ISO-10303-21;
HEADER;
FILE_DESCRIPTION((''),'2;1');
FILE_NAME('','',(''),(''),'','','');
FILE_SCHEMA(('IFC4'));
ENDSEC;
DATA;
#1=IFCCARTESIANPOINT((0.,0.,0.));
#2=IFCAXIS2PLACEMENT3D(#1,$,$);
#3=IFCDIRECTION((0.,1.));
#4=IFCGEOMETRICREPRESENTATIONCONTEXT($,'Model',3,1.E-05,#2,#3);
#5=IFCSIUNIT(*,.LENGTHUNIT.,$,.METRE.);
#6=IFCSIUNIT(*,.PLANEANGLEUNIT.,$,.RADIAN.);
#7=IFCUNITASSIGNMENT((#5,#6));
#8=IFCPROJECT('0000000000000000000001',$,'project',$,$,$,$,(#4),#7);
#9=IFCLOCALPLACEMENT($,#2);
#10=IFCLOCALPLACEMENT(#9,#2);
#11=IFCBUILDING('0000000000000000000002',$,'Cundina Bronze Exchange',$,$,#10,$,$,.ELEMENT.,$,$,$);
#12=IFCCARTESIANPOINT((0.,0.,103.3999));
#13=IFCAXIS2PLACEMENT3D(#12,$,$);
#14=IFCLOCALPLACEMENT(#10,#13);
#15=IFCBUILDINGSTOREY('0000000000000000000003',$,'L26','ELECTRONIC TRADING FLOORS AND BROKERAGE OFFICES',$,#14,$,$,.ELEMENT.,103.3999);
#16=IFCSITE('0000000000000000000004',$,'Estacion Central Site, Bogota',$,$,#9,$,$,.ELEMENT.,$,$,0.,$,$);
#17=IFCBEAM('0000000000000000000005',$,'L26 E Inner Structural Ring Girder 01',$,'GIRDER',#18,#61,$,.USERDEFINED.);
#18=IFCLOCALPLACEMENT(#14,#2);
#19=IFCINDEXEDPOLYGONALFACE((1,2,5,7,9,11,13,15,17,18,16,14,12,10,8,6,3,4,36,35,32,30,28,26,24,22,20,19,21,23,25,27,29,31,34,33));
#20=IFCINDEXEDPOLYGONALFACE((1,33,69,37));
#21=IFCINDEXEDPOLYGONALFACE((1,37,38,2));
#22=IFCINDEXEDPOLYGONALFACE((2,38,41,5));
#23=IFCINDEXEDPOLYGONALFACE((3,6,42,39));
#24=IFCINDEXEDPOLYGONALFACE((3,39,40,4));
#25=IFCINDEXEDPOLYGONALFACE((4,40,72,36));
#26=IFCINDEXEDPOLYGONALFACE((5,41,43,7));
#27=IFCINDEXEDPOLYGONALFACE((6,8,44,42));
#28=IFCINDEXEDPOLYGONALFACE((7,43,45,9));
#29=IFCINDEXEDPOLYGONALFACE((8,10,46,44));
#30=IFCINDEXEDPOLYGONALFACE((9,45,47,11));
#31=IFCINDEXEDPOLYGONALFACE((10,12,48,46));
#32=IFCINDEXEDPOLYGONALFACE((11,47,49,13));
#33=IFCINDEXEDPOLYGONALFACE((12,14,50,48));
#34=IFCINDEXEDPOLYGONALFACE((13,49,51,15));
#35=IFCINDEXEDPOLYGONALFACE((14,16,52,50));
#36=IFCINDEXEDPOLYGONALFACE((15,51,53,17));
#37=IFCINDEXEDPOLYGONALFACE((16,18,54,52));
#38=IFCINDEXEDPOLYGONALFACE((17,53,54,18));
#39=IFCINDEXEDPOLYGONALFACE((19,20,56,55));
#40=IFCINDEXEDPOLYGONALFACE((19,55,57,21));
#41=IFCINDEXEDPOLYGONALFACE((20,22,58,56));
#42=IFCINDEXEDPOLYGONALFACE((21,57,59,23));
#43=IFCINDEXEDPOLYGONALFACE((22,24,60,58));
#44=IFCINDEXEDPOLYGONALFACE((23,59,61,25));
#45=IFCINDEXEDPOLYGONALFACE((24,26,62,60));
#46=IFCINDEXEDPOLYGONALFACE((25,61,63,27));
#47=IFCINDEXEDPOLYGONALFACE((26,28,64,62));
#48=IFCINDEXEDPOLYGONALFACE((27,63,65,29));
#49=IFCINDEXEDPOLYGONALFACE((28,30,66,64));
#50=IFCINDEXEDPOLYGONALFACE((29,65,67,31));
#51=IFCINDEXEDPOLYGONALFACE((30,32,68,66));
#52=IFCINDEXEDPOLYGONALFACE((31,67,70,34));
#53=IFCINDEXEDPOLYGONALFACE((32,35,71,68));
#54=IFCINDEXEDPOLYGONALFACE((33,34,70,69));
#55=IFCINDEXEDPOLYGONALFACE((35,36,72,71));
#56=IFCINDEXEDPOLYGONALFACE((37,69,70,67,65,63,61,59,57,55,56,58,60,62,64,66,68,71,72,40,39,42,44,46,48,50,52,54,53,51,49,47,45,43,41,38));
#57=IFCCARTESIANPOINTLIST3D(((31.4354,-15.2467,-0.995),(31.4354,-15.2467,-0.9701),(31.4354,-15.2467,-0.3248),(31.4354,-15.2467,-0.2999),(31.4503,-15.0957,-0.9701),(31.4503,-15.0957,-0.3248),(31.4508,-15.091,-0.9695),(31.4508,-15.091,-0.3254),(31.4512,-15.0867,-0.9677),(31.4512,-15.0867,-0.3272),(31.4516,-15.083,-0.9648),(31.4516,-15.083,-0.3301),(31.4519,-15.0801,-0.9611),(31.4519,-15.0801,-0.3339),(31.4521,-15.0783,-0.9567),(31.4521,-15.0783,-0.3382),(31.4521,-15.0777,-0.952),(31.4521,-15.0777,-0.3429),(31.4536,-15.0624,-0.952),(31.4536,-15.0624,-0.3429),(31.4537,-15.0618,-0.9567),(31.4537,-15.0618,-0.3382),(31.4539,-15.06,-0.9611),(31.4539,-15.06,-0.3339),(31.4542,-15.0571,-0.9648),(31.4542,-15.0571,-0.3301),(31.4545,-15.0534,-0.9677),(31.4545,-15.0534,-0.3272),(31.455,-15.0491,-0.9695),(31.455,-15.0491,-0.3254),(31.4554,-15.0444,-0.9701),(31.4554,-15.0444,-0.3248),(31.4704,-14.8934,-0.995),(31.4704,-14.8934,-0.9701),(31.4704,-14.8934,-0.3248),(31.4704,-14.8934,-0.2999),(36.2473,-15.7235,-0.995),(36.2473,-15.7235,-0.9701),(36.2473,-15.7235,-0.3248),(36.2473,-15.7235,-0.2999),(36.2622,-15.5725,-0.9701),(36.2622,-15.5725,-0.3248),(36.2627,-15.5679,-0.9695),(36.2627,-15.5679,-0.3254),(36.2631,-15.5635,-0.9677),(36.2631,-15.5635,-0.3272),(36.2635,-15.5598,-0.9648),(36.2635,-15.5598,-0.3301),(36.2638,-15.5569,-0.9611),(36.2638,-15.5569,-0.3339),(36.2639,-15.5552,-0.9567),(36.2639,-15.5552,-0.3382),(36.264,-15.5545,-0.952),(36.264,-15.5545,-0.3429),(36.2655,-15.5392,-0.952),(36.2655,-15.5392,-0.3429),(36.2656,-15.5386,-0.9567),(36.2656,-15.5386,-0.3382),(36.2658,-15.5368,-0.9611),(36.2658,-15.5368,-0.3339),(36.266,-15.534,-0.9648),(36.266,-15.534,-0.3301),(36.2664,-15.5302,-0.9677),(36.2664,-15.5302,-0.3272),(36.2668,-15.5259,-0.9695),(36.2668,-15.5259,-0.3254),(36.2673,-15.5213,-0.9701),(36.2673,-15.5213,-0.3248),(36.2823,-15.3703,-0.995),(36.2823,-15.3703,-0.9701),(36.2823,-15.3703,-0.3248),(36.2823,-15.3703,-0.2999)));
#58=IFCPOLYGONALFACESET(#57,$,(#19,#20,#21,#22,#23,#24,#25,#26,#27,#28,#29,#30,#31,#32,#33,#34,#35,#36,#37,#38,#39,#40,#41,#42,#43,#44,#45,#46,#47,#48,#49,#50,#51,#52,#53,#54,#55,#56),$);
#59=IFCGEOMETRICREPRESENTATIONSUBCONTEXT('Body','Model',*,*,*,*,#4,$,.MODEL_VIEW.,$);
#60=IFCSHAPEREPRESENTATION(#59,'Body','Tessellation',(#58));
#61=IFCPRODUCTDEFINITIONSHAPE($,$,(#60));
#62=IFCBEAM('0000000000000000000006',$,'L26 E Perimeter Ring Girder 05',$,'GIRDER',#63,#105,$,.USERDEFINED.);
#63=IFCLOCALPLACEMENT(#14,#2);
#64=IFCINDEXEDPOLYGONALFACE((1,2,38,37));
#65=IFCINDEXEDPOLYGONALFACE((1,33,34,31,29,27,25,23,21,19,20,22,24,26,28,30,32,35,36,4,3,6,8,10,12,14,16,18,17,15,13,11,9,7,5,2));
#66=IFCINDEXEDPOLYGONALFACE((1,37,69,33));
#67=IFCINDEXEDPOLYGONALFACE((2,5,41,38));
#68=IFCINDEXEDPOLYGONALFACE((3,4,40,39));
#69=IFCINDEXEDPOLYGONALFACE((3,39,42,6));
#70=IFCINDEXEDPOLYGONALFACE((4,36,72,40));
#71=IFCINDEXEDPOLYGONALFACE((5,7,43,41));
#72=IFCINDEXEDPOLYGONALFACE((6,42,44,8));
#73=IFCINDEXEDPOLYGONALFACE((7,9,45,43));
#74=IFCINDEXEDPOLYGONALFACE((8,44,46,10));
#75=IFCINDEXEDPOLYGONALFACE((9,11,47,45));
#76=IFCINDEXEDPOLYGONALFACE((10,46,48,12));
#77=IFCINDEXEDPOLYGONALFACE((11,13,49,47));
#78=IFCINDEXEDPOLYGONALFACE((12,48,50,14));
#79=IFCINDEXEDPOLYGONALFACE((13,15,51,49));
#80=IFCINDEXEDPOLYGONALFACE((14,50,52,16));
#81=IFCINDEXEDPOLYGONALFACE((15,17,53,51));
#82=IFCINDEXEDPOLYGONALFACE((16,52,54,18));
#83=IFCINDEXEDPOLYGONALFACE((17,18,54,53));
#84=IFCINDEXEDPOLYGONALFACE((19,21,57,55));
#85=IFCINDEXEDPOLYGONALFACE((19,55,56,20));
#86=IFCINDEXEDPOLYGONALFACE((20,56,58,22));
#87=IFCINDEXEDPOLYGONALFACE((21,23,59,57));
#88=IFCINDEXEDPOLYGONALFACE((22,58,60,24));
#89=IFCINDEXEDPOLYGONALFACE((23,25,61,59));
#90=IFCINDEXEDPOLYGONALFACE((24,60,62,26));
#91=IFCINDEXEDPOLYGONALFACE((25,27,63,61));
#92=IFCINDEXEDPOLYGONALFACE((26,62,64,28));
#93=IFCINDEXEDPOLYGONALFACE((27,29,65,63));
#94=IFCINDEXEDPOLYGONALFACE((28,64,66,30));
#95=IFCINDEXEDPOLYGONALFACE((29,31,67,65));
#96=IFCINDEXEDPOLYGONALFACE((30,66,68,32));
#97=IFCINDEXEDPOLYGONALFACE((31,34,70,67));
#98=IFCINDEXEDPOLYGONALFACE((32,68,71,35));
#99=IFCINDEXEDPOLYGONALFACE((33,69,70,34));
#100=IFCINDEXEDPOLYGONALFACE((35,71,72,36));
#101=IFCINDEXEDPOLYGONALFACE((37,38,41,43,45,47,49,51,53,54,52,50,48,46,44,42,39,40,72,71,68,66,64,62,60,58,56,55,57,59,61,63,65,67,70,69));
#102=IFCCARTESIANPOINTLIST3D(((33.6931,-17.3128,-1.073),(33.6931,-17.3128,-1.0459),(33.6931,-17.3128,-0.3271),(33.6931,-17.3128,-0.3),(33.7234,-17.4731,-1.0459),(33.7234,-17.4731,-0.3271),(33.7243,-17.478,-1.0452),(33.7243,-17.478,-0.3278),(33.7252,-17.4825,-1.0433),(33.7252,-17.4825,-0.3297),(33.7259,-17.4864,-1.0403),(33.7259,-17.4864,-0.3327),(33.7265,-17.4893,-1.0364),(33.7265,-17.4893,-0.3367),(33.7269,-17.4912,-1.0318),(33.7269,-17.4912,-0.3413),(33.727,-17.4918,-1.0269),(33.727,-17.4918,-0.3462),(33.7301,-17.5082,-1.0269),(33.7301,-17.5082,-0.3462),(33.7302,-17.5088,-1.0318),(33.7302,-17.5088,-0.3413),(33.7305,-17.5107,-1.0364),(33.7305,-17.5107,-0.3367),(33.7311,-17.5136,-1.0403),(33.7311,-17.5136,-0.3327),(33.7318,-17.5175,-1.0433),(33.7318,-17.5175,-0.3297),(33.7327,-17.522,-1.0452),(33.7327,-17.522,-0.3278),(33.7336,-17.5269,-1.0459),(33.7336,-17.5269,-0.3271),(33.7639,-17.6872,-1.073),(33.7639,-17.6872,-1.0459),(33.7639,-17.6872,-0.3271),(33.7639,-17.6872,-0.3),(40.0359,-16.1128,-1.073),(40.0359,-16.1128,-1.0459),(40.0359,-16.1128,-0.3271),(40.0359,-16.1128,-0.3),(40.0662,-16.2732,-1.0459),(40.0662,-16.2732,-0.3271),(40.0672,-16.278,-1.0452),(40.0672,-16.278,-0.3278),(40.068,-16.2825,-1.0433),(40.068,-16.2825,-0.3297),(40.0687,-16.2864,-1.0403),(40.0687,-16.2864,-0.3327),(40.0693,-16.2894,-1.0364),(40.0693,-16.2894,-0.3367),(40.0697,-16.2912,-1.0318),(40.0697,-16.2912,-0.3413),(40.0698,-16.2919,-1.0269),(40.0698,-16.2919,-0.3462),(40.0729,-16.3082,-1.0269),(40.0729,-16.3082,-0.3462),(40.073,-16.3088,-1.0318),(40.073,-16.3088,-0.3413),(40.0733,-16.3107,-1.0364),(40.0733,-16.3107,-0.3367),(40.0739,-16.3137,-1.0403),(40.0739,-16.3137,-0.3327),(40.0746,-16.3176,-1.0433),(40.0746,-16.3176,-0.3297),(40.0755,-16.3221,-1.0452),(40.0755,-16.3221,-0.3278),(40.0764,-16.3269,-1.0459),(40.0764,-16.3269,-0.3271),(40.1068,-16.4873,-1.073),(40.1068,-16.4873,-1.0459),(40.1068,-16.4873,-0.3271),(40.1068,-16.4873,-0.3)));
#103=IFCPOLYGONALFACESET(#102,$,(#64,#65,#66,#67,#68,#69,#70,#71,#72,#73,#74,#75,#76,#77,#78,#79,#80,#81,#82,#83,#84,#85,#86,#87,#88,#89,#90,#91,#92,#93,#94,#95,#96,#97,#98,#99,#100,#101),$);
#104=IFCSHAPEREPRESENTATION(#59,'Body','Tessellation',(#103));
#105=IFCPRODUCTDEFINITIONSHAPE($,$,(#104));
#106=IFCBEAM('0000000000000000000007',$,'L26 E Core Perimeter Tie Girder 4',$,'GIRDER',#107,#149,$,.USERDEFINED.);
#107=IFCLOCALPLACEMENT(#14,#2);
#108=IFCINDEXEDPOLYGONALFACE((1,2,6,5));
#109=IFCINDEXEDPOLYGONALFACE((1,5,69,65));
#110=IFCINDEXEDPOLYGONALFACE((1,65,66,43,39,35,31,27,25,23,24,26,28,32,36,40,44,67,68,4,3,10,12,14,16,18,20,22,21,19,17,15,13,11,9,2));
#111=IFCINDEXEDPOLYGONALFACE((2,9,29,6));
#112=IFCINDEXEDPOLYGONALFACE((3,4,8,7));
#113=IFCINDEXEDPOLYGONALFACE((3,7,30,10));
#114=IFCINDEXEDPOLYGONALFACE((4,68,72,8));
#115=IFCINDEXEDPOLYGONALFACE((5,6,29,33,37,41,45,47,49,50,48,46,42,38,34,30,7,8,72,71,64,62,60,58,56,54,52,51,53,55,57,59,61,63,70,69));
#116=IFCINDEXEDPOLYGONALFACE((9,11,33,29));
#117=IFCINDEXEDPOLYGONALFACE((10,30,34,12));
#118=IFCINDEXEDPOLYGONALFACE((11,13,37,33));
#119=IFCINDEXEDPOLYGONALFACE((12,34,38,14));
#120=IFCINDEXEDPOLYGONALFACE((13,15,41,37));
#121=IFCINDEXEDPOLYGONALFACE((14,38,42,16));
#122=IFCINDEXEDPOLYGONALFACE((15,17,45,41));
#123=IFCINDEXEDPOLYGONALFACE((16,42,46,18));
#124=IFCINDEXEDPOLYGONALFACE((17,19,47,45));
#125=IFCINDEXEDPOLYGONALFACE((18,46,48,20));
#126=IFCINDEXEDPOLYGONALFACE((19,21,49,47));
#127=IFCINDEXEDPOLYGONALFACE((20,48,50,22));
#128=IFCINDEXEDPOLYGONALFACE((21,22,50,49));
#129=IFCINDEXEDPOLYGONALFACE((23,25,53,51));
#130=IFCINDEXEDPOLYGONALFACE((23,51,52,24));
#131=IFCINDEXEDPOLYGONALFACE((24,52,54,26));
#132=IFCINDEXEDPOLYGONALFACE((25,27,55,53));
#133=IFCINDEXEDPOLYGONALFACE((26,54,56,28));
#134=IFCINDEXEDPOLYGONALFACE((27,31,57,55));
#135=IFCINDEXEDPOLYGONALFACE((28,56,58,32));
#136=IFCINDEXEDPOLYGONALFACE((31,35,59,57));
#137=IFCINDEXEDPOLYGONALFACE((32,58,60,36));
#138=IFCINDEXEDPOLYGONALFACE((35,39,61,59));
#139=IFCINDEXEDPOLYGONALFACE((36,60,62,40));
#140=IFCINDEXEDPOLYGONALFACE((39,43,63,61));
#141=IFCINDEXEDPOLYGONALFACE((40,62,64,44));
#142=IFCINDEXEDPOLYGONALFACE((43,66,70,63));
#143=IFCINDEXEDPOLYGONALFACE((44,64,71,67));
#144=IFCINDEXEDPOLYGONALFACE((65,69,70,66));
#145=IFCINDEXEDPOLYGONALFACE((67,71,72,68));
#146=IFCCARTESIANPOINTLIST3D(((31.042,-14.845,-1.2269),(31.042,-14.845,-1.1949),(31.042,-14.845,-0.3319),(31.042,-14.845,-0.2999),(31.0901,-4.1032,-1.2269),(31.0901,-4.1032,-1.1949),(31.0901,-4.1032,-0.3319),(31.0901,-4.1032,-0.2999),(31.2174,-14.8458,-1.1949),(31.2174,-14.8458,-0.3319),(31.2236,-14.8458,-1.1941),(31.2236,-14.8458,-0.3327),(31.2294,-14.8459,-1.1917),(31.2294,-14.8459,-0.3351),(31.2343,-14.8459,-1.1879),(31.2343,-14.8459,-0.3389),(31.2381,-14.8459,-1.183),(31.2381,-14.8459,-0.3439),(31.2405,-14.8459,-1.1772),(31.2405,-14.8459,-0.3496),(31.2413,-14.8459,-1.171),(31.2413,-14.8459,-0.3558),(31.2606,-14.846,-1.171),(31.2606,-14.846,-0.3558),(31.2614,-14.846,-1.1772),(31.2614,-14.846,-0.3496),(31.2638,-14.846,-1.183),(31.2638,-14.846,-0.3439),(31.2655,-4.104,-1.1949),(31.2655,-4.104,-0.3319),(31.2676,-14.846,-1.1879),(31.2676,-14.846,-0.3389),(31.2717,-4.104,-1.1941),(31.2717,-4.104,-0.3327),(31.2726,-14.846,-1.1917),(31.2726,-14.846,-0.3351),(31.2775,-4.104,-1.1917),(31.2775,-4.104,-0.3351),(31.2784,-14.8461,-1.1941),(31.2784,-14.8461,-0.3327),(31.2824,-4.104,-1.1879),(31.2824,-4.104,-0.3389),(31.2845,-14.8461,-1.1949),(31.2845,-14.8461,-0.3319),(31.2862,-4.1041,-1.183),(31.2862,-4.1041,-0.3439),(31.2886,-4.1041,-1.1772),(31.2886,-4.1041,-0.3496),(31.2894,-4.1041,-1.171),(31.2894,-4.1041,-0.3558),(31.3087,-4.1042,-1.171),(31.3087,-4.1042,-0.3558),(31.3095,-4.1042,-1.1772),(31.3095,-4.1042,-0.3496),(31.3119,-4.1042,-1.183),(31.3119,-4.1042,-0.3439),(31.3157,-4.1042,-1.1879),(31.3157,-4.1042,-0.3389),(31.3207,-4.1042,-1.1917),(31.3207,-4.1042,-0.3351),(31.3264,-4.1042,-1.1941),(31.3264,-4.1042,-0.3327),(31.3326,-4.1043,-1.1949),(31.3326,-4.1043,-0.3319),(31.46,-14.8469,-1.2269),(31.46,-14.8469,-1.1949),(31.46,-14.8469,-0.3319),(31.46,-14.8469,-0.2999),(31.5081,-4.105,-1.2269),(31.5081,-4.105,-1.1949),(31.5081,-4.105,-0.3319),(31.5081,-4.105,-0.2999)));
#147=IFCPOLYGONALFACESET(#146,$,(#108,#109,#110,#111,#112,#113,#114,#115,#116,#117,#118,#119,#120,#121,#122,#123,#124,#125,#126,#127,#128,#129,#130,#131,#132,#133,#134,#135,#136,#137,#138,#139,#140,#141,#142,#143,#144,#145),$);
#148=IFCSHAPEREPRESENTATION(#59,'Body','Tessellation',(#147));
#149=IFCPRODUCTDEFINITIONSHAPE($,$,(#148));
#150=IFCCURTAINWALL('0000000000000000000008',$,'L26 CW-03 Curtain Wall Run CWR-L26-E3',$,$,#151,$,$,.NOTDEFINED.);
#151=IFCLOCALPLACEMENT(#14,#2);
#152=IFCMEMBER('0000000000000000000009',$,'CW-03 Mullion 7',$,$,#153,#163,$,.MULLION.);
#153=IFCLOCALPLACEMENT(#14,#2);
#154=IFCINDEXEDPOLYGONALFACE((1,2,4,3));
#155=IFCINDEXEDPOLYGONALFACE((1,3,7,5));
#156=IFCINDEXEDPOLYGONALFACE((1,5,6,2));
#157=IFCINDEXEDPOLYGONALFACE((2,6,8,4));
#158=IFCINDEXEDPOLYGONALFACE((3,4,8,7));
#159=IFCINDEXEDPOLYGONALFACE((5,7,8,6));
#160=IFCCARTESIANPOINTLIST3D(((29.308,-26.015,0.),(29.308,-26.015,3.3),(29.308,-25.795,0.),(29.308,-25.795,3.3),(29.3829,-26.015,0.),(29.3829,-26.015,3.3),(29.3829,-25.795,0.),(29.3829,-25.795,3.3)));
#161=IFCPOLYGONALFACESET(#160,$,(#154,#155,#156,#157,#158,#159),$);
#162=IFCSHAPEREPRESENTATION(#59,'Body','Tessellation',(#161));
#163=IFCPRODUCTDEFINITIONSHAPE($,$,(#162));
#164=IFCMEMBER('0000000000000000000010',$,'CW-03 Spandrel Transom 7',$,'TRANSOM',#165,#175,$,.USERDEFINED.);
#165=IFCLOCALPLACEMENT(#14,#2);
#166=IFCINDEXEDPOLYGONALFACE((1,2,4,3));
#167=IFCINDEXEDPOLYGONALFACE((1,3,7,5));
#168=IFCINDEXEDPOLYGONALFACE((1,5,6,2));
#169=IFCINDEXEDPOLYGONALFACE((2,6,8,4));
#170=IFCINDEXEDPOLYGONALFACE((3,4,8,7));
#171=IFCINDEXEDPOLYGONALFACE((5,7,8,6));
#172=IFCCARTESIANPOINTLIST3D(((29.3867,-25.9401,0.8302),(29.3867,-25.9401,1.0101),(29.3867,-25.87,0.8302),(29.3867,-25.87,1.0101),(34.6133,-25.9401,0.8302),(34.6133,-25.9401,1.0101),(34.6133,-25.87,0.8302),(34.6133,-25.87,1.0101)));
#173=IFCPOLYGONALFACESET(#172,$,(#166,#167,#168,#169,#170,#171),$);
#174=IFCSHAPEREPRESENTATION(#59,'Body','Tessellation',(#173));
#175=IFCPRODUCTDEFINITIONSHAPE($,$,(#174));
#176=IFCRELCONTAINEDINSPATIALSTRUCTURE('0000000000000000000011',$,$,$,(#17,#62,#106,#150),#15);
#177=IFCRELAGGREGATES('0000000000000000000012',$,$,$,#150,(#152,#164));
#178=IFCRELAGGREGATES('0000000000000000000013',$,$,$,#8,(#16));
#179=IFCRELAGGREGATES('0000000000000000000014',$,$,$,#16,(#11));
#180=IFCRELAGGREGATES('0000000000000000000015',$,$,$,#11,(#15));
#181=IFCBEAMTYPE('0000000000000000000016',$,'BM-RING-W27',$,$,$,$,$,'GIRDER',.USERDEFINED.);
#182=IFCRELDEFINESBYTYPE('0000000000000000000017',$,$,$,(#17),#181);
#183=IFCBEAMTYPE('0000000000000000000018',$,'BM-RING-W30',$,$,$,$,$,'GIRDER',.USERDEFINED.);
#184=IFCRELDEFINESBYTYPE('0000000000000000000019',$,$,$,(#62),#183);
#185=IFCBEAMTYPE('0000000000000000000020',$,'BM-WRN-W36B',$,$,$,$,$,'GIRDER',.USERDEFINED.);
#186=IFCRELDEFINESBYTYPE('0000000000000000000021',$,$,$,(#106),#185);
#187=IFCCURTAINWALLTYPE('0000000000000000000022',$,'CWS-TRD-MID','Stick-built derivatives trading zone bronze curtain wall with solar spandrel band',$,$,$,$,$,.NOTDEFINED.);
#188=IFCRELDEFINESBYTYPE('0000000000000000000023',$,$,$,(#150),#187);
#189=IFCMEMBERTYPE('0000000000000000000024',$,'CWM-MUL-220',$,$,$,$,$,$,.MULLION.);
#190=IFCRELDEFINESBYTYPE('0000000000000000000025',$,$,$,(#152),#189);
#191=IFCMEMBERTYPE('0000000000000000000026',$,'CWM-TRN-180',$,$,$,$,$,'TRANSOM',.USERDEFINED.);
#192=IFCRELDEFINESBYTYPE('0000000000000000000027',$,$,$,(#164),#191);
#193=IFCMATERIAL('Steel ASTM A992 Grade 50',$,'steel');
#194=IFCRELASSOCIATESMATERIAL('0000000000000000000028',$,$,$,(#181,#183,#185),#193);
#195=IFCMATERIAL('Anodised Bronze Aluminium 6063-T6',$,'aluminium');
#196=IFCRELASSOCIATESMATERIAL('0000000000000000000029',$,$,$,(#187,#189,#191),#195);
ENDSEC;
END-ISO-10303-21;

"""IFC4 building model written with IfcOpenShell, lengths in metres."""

from ifc_helpers import new_model, si_unit, direction, frame, origin, origin_2d, place, context, subcontext, project, spatial, rectangle, i_section, extrude, material, material_profile, profile_set, type_object, element, aggregate, save


model = new_model("IFC4")

# Units and contexts
model_context = context("Model", 3, precision=1e-05, world=origin(), true_north=direction((0.0, 1.0)))
body_context = subcontext(model_context, "Body", "Model", "MODEL_VIEW")
ifc_project = project(units=[si_unit("LENGTHUNIT", "METRE"), si_unit("PLANEANGLEUNIT", "RADIAN")], contexts=[model_context])

# Site, building, storey
site_placement = place(None, origin())
site = spatial("IfcSite", under=ifc_project, at=site_placement, Name="Estacion Central Site, Bogota", CompositionType="ELEMENT", RefElevation=0.0)
building_placement = place(site_placement, origin())
building = spatial("IfcBuilding", under=site, at=building_placement, Name="Cundina Bronze Exchange", CompositionType="ELEMENT")
storey_placement = place(building_placement, frame((0.0, 0.0, 103.3999)))
storey = spatial("IfcBuildingStorey", under=building, at=storey_placement, Name="L26", Description="ELECTRONIC TRADING FLOORS AND BROKERAGE OFFICES", CompositionType="ELEMENT", Elevation=103.3999)

# Shared definitions
ifc_material_1 = material(Name="Steel ASTM A992 Grade 50", Category="steel")

# Beams
ifc_material_profile_1 = material_profile(ifc_material_1, i_section(OverallWidth=0.355, OverallDepth=0.6951, WebThickness=0.0154, FlangeThickness=0.0249, FilletRadius=0.0181, at=origin_2d()), Name="W27X146", Category="steel")
ifc_profile_set_1 = profile_set([ifc_material_profile_1], Name="Steel ASTM A992 Grade 50")
beam_type_1 = type_object("IfcBeamType", Name="BM-RING-W27", ElementType="GIRDER", PredefinedType="USERDEFINED", material=ifc_profile_set_1)
beam_1_placement = place(storey_placement, frame((31.4529, -15.0701, -0.6475), z_axis=(0.995126, -0.098609, 0.0), x_axis=(0.098609, 0.995126, 0.0)))
element("IfcBeam", 1, at=beam_1_placement, inside=storey, type_object=beam_type_1, Name="L26 E Inner Structural Ring Girder 01", ObjectType="GIRDER", PredefinedType="USERDEFINED", context=body_context, shape_type="SweptSolid", body=[
    extrude(i_section(OverallWidth=0.355, OverallDepth=0.6951, WebThickness=0.0154, FlangeThickness=0.0249, FilletRadius=0.0181, at=origin_2d()), origin(), (0.0, 0.0, 1.0), 4.8354),
])
ifc_material_profile_2 = material_profile(ifc_material_1, i_section(OverallWidth=0.3811, OverallDepth=0.7729, WebThickness=0.0166, FlangeThickness=0.0271, FilletRadius=0.019, at=origin_2d()), Name="W30X173", Category="steel")
ifc_profile_set_2 = profile_set([ifc_material_profile_2], Name="Steel ASTM A992 Grade 50")
beam_type_2 = type_object("IfcBeamType", Name="BM-RING-W30", ElementType="GIRDER", PredefinedType="USERDEFINED", material=ifc_profile_set_2)
beam_2_placement = place(storey_placement, frame((33.7285, -17.5, -0.6865), z_axis=(0.982571, 0.185887, 0.0), x_axis=(-0.185887, 0.982571, 0.0)))
element("IfcBeam", 2, at=beam_2_placement, inside=storey, type_object=beam_type_2, Name="L26 E Perimeter Ring Girder 05", ObjectType="GIRDER", PredefinedType="USERDEFINED", context=body_context, shape_type="SweptSolid", body=[
    extrude(i_section(OverallWidth=0.3811, OverallDepth=0.7729, WebThickness=0.0166, FlangeThickness=0.0271, FilletRadius=0.019, at=origin_2d()), origin(), (0.0, 0.0, 1.0), 6.4553),
])
ifc_material_profile_3 = material_profile(ifc_material_1, i_section(OverallWidth=0.418, OverallDepth=0.927, WebThickness=0.0193, FlangeThickness=0.032, FilletRadius=0.0239, at=origin_2d()), Name="W36X231", Category="steel")
ifc_profile_set_3 = profile_set([ifc_material_profile_3], Name="Steel ASTM A992 Grade 50")
beam_type_3 = type_object("IfcBeamType", Name="BM-WRN-W36B", ElementType="GIRDER", PredefinedType="USERDEFINED", material=ifc_profile_set_3)
beam_3_placement = place(storey_placement, frame((31.251, -14.8459, -0.7634), z_axis=(0.004477, 0.99999, 0.0), x_axis=(-0.99999, 0.004477, 0.0)))
element("IfcBeam", 3, at=beam_3_placement, inside=storey, type_object=beam_type_3, Name="L26 E Core Perimeter Tie Girder 4", ObjectType="GIRDER", PredefinedType="USERDEFINED", context=body_context, shape_type="SweptSolid", body=[
    extrude(i_section(OverallWidth=0.418, OverallDepth=0.927, WebThickness=0.0193, FlangeThickness=0.032, FilletRadius=0.0239, at=origin_2d()), origin(), (0.0, 0.0, 1.0), 10.7419),
])

# Curtain wall, members
ifc_material_2 = material(Name="Anodised Bronze Aluminium 6063-T6", Category="aluminium")
curtain_wall_type = type_object("IfcCurtainWallType", Name="CWS-TRD-MID", Description="Stick-built derivatives trading zone bronze curtain wall with solar spandrel band", PredefinedType="NOTDEFINED", material=ifc_material_2)
curtain_wall_placement = place(storey_placement, origin())
curtain_wall = element("IfcCurtainWall", 4, at=curtain_wall_placement, inside=storey, type_object=curtain_wall_type, Name="L26 CW-03 Curtain Wall Run CWR-L26-E3", PredefinedType="NOTDEFINED")
ifc_material_profile_4 = material_profile(ifc_material_2, rectangle(XDim=0.075, YDim=0.22, at=origin_2d()), Name="AL75X220", Category="aluminium")
ifc_profile_set_4 = profile_set([ifc_material_profile_4], Name="Anodised Bronze Aluminium 6063-T6")
member_type_1 = type_object("IfcMemberType", Name="CWM-MUL-220", PredefinedType="MULLION", material=ifc_profile_set_4)
member_1_placement = place(storey_placement, frame((29.3455, -25.905, 0.0), z_axis=(0.0, 0.0, 1.0), x_axis=(1.0, 0.0, 0.0)))
member_1 = element("IfcMember", 5, at=member_1_placement, type_object=member_type_1, Name="CW-03 Mullion 7", PredefinedType="MULLION", context=body_context, shape_type="SweptSolid", body=[
    extrude(rectangle(XDim=0.075, YDim=0.22, at=origin_2d()), origin(), (0.0, 0.0, 1.0), 3.3),
])
ifc_material_profile_5 = material_profile(ifc_material_2, rectangle(XDim=0.0701, YDim=0.1799, at=origin_2d()), Name="AL70X180", Category="aluminium")
ifc_profile_set_5 = profile_set([ifc_material_profile_5], Name="Anodised Bronze Aluminium 6063-T6")
member_type_2 = type_object("IfcMemberType", Name="CWM-TRN-180", ElementType="TRANSOM", PredefinedType="USERDEFINED", material=ifc_profile_set_5)
member_2_placement = place(storey_placement, frame((29.3867, -25.905, 0.9202), z_axis=(1.0, 0.0, 0.0), x_axis=(0.0, 1.0, 0.0)))
member_2 = element("IfcMember", 6, at=member_2_placement, type_object=member_type_2, Name="CW-03 Spandrel Transom 7", ObjectType="TRANSOM", PredefinedType="USERDEFINED", context=body_context, shape_type="SweptSolid", body=[
    extrude(rectangle(XDim=0.0701, YDim=0.1799, at=origin_2d()), origin(), (0.0, 0.0, 1.0), 5.2266),
])
aggregate(curtain_wall, [member_1, member_2])

save(model, "model.ifc")
